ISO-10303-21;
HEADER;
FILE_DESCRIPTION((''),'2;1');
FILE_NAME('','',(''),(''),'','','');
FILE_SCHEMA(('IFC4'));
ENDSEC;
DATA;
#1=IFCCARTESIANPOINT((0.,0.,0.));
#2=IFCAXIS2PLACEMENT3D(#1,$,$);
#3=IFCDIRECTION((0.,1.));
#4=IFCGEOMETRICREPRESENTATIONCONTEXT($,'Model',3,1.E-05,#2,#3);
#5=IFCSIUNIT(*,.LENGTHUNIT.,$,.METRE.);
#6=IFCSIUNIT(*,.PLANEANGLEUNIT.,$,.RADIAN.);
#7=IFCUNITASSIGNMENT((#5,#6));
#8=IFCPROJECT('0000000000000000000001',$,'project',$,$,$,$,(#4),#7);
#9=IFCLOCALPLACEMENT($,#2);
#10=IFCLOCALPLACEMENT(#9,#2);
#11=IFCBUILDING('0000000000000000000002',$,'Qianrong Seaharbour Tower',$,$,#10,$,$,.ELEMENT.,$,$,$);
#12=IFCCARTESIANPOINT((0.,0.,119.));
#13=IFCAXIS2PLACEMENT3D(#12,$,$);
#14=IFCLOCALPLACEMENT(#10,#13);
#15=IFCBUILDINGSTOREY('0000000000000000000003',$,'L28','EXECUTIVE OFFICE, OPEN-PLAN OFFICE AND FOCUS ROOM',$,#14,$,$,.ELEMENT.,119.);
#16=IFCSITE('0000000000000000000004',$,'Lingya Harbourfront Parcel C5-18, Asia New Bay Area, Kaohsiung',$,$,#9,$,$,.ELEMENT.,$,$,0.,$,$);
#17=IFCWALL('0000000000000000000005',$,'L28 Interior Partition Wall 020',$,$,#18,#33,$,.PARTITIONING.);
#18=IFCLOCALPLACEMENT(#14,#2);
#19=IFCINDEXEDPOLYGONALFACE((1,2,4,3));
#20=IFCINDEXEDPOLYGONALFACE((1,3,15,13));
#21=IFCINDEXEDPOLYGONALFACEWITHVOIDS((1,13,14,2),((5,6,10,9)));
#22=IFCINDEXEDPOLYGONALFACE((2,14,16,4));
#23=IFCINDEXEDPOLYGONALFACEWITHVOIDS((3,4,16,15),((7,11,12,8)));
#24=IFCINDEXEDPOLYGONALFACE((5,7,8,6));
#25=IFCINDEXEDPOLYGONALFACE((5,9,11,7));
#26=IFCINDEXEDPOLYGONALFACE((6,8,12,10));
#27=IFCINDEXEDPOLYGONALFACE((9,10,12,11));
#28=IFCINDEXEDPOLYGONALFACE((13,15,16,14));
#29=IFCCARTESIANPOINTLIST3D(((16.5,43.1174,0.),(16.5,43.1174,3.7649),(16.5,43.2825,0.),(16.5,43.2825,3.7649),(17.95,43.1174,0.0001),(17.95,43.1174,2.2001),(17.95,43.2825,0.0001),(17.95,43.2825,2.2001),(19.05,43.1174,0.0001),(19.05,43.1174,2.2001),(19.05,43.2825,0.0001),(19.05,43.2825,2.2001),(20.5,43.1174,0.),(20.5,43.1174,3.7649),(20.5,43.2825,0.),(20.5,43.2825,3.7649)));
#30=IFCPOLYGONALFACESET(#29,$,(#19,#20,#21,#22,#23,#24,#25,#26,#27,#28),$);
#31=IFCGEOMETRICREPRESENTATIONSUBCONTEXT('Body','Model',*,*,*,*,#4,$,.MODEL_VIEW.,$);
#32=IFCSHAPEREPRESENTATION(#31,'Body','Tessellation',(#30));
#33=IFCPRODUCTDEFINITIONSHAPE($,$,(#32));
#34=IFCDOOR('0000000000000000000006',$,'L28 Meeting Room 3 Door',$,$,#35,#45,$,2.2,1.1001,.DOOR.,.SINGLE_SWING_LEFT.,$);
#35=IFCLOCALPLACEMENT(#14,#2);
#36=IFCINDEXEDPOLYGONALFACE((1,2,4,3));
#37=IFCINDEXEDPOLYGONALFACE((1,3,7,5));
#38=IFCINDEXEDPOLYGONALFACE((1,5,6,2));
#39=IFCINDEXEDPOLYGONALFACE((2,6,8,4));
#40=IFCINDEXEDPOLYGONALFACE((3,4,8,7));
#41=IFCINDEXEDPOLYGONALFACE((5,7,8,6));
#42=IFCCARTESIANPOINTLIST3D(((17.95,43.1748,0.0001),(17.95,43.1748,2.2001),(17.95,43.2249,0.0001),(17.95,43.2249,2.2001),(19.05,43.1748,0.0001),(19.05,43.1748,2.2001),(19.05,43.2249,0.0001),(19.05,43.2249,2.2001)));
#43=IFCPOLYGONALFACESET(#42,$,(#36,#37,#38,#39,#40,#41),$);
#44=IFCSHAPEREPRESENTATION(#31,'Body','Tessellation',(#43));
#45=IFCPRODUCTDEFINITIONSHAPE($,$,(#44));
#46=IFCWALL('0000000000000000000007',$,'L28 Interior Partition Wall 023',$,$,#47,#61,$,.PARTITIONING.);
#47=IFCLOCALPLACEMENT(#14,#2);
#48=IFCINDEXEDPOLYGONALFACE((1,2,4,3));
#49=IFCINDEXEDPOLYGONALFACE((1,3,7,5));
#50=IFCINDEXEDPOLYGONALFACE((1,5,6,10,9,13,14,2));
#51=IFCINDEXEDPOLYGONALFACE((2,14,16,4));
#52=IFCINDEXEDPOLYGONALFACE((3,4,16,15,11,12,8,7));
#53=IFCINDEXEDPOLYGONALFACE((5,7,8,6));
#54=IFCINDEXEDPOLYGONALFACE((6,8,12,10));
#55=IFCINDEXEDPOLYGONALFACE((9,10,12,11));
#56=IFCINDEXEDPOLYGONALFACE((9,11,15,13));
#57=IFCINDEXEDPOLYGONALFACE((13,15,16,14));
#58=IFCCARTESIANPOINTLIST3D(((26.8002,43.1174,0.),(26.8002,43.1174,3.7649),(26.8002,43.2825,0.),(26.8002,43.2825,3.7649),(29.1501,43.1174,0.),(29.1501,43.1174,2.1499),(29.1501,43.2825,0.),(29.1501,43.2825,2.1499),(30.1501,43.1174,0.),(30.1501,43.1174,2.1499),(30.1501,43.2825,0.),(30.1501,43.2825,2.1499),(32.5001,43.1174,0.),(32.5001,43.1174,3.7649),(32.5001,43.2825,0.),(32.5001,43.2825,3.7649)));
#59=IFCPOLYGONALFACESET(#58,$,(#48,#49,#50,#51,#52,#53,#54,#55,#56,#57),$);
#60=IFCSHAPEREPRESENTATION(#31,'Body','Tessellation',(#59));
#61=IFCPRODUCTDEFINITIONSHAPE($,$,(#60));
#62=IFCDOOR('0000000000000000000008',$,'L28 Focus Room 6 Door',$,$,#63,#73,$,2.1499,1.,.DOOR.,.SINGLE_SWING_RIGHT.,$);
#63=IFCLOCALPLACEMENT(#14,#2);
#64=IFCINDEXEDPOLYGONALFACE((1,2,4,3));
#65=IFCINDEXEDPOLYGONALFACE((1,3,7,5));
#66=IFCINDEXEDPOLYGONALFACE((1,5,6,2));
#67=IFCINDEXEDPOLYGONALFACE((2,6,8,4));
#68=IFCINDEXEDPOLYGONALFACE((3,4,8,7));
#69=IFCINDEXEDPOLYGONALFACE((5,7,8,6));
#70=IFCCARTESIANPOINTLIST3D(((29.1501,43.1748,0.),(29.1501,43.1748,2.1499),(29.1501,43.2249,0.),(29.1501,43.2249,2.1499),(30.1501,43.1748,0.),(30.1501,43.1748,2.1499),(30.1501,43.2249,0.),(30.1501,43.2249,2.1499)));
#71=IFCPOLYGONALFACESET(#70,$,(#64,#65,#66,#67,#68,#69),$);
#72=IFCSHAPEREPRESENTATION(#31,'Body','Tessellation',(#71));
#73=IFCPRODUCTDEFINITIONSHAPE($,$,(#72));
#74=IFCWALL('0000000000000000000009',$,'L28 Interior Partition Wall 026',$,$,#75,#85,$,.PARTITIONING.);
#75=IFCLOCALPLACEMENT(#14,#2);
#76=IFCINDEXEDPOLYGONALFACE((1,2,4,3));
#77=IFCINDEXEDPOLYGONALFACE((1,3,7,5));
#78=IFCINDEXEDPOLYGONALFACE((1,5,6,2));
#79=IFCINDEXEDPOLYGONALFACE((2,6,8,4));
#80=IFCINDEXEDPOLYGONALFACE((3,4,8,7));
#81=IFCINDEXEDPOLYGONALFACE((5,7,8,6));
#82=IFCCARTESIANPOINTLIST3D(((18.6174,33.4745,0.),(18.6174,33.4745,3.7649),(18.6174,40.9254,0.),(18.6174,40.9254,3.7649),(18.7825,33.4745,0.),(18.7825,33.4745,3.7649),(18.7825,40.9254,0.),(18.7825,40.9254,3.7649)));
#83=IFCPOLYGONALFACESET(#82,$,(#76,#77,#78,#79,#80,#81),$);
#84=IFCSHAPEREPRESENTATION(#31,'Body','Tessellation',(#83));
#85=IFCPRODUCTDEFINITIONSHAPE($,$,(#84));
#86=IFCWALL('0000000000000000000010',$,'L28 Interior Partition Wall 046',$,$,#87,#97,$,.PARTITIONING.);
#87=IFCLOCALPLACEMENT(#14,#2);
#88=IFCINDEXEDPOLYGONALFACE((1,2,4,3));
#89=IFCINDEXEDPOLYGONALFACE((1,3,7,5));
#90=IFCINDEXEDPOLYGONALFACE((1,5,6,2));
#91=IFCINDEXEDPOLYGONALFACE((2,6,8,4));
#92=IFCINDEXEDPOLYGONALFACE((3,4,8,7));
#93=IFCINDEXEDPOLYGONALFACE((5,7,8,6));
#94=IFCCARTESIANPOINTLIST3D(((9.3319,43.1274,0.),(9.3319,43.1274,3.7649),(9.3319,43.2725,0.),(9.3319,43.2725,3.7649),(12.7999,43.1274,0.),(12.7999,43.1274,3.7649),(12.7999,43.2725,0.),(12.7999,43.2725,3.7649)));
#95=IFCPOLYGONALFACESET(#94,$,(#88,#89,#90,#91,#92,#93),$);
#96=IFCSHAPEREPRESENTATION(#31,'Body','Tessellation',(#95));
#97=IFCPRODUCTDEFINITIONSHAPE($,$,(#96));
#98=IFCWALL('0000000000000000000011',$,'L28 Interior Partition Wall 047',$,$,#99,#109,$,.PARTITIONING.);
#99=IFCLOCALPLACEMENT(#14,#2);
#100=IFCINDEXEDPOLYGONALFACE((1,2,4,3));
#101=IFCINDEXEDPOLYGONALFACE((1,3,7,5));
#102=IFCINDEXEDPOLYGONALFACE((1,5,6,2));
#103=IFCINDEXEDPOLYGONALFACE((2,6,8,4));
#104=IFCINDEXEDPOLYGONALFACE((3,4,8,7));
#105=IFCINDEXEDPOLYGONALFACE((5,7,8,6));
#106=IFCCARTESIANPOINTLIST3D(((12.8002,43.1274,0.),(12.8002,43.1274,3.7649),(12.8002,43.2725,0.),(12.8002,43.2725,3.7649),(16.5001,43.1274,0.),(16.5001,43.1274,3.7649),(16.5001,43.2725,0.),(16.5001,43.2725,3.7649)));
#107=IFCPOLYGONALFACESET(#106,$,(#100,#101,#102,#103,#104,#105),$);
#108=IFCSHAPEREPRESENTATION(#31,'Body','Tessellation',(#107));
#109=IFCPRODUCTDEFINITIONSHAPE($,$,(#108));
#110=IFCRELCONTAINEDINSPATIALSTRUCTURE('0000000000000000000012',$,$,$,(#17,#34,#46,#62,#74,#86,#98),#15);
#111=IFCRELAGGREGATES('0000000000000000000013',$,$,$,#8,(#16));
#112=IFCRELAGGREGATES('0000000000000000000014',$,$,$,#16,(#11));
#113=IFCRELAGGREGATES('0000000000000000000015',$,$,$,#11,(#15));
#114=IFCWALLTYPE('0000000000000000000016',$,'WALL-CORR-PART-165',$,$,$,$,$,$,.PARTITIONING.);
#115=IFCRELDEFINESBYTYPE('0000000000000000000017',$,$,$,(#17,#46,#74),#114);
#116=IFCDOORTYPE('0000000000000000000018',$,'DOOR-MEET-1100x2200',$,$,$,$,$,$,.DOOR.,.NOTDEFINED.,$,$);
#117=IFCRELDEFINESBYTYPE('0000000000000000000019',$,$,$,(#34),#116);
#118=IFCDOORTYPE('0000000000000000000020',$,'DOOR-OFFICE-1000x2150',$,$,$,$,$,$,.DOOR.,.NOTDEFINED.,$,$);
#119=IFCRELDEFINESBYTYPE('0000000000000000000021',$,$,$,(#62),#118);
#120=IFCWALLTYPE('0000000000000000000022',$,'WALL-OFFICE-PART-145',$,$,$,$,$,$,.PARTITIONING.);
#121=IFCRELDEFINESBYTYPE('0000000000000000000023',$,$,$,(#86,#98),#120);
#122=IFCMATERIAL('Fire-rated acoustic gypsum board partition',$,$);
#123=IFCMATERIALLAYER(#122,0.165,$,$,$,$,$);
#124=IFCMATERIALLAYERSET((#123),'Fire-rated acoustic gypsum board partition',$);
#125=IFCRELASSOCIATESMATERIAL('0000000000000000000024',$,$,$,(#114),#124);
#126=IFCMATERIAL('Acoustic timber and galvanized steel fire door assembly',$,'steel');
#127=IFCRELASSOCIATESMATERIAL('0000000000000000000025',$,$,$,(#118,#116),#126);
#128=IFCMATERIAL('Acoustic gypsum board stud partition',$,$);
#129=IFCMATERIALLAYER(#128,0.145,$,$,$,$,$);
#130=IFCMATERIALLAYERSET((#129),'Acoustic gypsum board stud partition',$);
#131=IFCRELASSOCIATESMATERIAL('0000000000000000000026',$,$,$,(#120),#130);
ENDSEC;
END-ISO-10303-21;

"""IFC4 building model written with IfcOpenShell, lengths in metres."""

from ifc_helpers import new_model, si_unit, direction, frame, frame_2d, origin, place, context, subcontext, project, spatial, rectangle, extrude, material, layer, layer_set, type_object, element, fill, save


model = new_model("IFC4")

# Units and contexts
model_context = context("Model", 3, precision=1e-05, world=origin(), true_north=direction((0.0, 1.0)))
body_context = subcontext(model_context, "Body", "Model", "MODEL_VIEW")
ifc_project = project(units=[si_unit("LENGTHUNIT", "METRE"), si_unit("PLANEANGLEUNIT", "RADIAN")], contexts=[model_context])

# Site, building, storey
site_placement = place(None, origin())
site = spatial("IfcSite", under=ifc_project, at=site_placement, Name="Lingya Harbourfront Parcel C5-18, Asia New Bay Area, Kaohsiung", CompositionType="ELEMENT", RefElevation=0.0)
building_placement = place(site_placement, origin())
building = spatial("IfcBuilding", under=site, at=building_placement, Name="Qianrong Seaharbour Tower", CompositionType="ELEMENT")
storey_placement = place(building_placement, frame((0.0, 0.0, 119.0)))
storey = spatial("IfcBuildingStorey", under=building, at=storey_placement, Name="L28", Description="EXECUTIVE OFFICE, OPEN-PLAN OFFICE AND FOCUS ROOM", CompositionType="ELEMENT", Elevation=119.0)

# Shared definitions
ifc_material_1 = material(Name="Fire-rated acoustic gypsum board partition")
ifc_layer_1 = layer(ifc_material_1, 0.165)
ifc_layer_set_1 = layer_set([ifc_layer_1], Name="Fire-rated acoustic gypsum board partition")
wall_type_1 = type_object("IfcWallType", Name="WALL-CORR-PART-165", PredefinedType="PARTITIONING", material=ifc_layer_set_1)
ifc_material_2 = material(Name="Acoustic timber and galvanized steel fire door assembly", Category="steel")
door_type_1 = type_object("IfcDoorType", Name="DOOR-OFFICE-1000x2150", OperationType="NOTDEFINED", PredefinedType="DOOR", material=ifc_material_2)

# Walls, openings, doors
wall_1_placement = place(storey_placement, frame((16.5, 43.2, 0.0), z_axis=(0.0, 0.0, 1.0), x_axis=(1.0, 0.0, 0.0)))
wall_1 = element("IfcWall", 1, at=wall_1_placement, inside=storey, type_object=wall_type_1, Name="L28 Interior Partition Wall 020", PredefinedType="PARTITIONING", context=body_context, shape_type="SweptSolid", body=[
    extrude(rectangle(XDim=4.0, YDim=0.165, at=frame_2d((2.0, 0.0))), origin(), (0.0, 0.0, 1.0), 3.7649),
])
opening_1_placement = place(wall_1_placement, frame((1.45, 0.0, 0.0)))
opening_1 = element("IfcOpeningElement", 2, at=opening_1_placement, cuts=wall_1, PredefinedType="OPENING", context=body_context, shape_type="SweptSolid", body=[
    extrude(rectangle(XDim=1.1001, YDim=2.2, at=frame_2d((0.55, 1.1001))), frame((0.0, 0.0925, 0.0), z_axis=(0.0, -1.0, 0.0), x_axis=(1.0, 0.0, 0.0)), (0.0, 0.0, 1.0), 0.1851),
])
door_type_2 = type_object("IfcDoorType", Name="DOOR-MEET-1100x2200", OperationType="NOTDEFINED", PredefinedType="DOOR", material=ifc_material_2)
door_1_placement = place(opening_1_placement, origin())
door_1 = element("IfcDoor", 3, at=door_1_placement, inside=storey, type_object=door_type_2, Name="L28 Meeting Room 3 Door", OperationType="SINGLE_SWING_LEFT", OverallHeight=2.2, OverallWidth=1.1001, PredefinedType="DOOR", context=body_context, shape_type="SweptSolid", body=[
    extrude(rectangle(XDim=1.1001, YDim=2.2, at=frame_2d((0.55, 1.1001))), frame((0.0, 0.0249, 0.0), z_axis=(0.0, -1.0, 0.0), x_axis=(1.0, 0.0, 0.0)), (0.0, 0.0, 1.0), 0.05),
])
fill(opening_1, door_1)
wall_2_placement = place(storey_placement, frame((26.8, 43.2, 0.0), z_axis=(0.0, 0.0, 1.0), x_axis=(1.0, 0.0, 0.0)))
wall_2 = element("IfcWall", 4, at=wall_2_placement, inside=storey, type_object=wall_type_1, Name="L28 Interior Partition Wall 023", PredefinedType="PARTITIONING", context=body_context, shape_type="SweptSolid", body=[
    extrude(rectangle(XDim=5.7, YDim=0.165, at=frame_2d((2.8501, 0.0))), origin(), (0.0, 0.0, 1.0), 3.7649),
])
opening_2_placement = place(wall_2_placement, frame((2.3501, 0.0, 0.0)))
opening_2 = element("IfcOpeningElement", 5, at=opening_2_placement, cuts=wall_2, PredefinedType="OPENING", context=body_context, shape_type="SweptSolid", body=[
    extrude(rectangle(XDim=1.0, YDim=2.1499, at=frame_2d((0.5, 1.075))), frame((0.0, 0.0925, 0.0), z_axis=(0.0, -1.0, 0.0), x_axis=(1.0, 0.0, 0.0)), (0.0, 0.0, 1.0), 0.1851),
])
door_2_placement = place(opening_2_placement, origin())
door_2 = element("IfcDoor", 6, at=door_2_placement, inside=storey, type_object=door_type_1, Name="L28 Focus Room 6 Door", OperationType="SINGLE_SWING_RIGHT", OverallHeight=2.1499, OverallWidth=1.0, PredefinedType="DOOR", context=body_context, shape_type="SweptSolid", body=[
    extrude(rectangle(XDim=1.0, YDim=2.1499, at=frame_2d((0.5, 1.075))), frame((0.0, 0.0249, 0.0), z_axis=(0.0, -1.0, 0.0), x_axis=(1.0, 0.0, 0.0)), (0.0, 0.0, 1.0), 0.05),
])
fill(opening_2, door_2)

# Walls
wall_3_placement = place(storey_placement, frame((18.7, 40.9255, 0.0), z_axis=(0.0, 0.0, 1.0), x_axis=(0.0, -1.0, 0.0)))
element("IfcWall", 7, at=wall_3_placement, inside=storey, type_object=wall_type_1, Name="L28 Interior Partition Wall 026", PredefinedType="PARTITIONING", context=body_context, shape_type="SweptSolid", body=[
    extrude(rectangle(XDim=7.4509, YDim=0.165, at=frame_2d((3.7256, 0.0))), origin(), (0.0, 0.0, 1.0), 3.7649),
])
ifc_material_3 = material(Name="Acoustic gypsum board stud partition")
ifc_layer_2 = layer(ifc_material_3, 0.145)
ifc_layer_set_2 = layer_set([ifc_layer_2], Name="Acoustic gypsum board stud partition")
wall_type_2 = type_object("IfcWallType", Name="WALL-OFFICE-PART-145", PredefinedType="PARTITIONING", material=ifc_layer_set_2)
wall_4_placement = place(storey_placement, frame((9.332, 43.2, 0.0), z_axis=(0.0, 0.0, 1.0), x_axis=(1.0, 0.0, 0.0)))
element("IfcWall", 8, at=wall_4_placement, inside=storey, type_object=wall_type_2, Name="L28 Interior Partition Wall 046", PredefinedType="PARTITIONING", context=body_context, shape_type="SweptSolid", body=[
    extrude(rectangle(XDim=3.468, YDim=0.145, at=frame_2d((1.7339, 0.0))), origin(), (0.0, 0.0, 1.0), 3.7649),
])
wall_5_placement = place(storey_placement, frame((12.8, 43.2, 0.0), z_axis=(0.0, 0.0, 1.0), x_axis=(1.0, 0.0, 0.0)))
element("IfcWall", 9, at=wall_5_placement, inside=storey, type_object=wall_type_2, Name="L28 Interior Partition Wall 047", PredefinedType="PARTITIONING", context=body_context, shape_type="SweptSolid", body=[
    extrude(rectangle(XDim=3.7, YDim=0.145, at=frame_2d((1.8501, 0.0))), origin(), (0.0, 0.0, 1.0), 3.7649),
])

save(model, "model.ifc")
